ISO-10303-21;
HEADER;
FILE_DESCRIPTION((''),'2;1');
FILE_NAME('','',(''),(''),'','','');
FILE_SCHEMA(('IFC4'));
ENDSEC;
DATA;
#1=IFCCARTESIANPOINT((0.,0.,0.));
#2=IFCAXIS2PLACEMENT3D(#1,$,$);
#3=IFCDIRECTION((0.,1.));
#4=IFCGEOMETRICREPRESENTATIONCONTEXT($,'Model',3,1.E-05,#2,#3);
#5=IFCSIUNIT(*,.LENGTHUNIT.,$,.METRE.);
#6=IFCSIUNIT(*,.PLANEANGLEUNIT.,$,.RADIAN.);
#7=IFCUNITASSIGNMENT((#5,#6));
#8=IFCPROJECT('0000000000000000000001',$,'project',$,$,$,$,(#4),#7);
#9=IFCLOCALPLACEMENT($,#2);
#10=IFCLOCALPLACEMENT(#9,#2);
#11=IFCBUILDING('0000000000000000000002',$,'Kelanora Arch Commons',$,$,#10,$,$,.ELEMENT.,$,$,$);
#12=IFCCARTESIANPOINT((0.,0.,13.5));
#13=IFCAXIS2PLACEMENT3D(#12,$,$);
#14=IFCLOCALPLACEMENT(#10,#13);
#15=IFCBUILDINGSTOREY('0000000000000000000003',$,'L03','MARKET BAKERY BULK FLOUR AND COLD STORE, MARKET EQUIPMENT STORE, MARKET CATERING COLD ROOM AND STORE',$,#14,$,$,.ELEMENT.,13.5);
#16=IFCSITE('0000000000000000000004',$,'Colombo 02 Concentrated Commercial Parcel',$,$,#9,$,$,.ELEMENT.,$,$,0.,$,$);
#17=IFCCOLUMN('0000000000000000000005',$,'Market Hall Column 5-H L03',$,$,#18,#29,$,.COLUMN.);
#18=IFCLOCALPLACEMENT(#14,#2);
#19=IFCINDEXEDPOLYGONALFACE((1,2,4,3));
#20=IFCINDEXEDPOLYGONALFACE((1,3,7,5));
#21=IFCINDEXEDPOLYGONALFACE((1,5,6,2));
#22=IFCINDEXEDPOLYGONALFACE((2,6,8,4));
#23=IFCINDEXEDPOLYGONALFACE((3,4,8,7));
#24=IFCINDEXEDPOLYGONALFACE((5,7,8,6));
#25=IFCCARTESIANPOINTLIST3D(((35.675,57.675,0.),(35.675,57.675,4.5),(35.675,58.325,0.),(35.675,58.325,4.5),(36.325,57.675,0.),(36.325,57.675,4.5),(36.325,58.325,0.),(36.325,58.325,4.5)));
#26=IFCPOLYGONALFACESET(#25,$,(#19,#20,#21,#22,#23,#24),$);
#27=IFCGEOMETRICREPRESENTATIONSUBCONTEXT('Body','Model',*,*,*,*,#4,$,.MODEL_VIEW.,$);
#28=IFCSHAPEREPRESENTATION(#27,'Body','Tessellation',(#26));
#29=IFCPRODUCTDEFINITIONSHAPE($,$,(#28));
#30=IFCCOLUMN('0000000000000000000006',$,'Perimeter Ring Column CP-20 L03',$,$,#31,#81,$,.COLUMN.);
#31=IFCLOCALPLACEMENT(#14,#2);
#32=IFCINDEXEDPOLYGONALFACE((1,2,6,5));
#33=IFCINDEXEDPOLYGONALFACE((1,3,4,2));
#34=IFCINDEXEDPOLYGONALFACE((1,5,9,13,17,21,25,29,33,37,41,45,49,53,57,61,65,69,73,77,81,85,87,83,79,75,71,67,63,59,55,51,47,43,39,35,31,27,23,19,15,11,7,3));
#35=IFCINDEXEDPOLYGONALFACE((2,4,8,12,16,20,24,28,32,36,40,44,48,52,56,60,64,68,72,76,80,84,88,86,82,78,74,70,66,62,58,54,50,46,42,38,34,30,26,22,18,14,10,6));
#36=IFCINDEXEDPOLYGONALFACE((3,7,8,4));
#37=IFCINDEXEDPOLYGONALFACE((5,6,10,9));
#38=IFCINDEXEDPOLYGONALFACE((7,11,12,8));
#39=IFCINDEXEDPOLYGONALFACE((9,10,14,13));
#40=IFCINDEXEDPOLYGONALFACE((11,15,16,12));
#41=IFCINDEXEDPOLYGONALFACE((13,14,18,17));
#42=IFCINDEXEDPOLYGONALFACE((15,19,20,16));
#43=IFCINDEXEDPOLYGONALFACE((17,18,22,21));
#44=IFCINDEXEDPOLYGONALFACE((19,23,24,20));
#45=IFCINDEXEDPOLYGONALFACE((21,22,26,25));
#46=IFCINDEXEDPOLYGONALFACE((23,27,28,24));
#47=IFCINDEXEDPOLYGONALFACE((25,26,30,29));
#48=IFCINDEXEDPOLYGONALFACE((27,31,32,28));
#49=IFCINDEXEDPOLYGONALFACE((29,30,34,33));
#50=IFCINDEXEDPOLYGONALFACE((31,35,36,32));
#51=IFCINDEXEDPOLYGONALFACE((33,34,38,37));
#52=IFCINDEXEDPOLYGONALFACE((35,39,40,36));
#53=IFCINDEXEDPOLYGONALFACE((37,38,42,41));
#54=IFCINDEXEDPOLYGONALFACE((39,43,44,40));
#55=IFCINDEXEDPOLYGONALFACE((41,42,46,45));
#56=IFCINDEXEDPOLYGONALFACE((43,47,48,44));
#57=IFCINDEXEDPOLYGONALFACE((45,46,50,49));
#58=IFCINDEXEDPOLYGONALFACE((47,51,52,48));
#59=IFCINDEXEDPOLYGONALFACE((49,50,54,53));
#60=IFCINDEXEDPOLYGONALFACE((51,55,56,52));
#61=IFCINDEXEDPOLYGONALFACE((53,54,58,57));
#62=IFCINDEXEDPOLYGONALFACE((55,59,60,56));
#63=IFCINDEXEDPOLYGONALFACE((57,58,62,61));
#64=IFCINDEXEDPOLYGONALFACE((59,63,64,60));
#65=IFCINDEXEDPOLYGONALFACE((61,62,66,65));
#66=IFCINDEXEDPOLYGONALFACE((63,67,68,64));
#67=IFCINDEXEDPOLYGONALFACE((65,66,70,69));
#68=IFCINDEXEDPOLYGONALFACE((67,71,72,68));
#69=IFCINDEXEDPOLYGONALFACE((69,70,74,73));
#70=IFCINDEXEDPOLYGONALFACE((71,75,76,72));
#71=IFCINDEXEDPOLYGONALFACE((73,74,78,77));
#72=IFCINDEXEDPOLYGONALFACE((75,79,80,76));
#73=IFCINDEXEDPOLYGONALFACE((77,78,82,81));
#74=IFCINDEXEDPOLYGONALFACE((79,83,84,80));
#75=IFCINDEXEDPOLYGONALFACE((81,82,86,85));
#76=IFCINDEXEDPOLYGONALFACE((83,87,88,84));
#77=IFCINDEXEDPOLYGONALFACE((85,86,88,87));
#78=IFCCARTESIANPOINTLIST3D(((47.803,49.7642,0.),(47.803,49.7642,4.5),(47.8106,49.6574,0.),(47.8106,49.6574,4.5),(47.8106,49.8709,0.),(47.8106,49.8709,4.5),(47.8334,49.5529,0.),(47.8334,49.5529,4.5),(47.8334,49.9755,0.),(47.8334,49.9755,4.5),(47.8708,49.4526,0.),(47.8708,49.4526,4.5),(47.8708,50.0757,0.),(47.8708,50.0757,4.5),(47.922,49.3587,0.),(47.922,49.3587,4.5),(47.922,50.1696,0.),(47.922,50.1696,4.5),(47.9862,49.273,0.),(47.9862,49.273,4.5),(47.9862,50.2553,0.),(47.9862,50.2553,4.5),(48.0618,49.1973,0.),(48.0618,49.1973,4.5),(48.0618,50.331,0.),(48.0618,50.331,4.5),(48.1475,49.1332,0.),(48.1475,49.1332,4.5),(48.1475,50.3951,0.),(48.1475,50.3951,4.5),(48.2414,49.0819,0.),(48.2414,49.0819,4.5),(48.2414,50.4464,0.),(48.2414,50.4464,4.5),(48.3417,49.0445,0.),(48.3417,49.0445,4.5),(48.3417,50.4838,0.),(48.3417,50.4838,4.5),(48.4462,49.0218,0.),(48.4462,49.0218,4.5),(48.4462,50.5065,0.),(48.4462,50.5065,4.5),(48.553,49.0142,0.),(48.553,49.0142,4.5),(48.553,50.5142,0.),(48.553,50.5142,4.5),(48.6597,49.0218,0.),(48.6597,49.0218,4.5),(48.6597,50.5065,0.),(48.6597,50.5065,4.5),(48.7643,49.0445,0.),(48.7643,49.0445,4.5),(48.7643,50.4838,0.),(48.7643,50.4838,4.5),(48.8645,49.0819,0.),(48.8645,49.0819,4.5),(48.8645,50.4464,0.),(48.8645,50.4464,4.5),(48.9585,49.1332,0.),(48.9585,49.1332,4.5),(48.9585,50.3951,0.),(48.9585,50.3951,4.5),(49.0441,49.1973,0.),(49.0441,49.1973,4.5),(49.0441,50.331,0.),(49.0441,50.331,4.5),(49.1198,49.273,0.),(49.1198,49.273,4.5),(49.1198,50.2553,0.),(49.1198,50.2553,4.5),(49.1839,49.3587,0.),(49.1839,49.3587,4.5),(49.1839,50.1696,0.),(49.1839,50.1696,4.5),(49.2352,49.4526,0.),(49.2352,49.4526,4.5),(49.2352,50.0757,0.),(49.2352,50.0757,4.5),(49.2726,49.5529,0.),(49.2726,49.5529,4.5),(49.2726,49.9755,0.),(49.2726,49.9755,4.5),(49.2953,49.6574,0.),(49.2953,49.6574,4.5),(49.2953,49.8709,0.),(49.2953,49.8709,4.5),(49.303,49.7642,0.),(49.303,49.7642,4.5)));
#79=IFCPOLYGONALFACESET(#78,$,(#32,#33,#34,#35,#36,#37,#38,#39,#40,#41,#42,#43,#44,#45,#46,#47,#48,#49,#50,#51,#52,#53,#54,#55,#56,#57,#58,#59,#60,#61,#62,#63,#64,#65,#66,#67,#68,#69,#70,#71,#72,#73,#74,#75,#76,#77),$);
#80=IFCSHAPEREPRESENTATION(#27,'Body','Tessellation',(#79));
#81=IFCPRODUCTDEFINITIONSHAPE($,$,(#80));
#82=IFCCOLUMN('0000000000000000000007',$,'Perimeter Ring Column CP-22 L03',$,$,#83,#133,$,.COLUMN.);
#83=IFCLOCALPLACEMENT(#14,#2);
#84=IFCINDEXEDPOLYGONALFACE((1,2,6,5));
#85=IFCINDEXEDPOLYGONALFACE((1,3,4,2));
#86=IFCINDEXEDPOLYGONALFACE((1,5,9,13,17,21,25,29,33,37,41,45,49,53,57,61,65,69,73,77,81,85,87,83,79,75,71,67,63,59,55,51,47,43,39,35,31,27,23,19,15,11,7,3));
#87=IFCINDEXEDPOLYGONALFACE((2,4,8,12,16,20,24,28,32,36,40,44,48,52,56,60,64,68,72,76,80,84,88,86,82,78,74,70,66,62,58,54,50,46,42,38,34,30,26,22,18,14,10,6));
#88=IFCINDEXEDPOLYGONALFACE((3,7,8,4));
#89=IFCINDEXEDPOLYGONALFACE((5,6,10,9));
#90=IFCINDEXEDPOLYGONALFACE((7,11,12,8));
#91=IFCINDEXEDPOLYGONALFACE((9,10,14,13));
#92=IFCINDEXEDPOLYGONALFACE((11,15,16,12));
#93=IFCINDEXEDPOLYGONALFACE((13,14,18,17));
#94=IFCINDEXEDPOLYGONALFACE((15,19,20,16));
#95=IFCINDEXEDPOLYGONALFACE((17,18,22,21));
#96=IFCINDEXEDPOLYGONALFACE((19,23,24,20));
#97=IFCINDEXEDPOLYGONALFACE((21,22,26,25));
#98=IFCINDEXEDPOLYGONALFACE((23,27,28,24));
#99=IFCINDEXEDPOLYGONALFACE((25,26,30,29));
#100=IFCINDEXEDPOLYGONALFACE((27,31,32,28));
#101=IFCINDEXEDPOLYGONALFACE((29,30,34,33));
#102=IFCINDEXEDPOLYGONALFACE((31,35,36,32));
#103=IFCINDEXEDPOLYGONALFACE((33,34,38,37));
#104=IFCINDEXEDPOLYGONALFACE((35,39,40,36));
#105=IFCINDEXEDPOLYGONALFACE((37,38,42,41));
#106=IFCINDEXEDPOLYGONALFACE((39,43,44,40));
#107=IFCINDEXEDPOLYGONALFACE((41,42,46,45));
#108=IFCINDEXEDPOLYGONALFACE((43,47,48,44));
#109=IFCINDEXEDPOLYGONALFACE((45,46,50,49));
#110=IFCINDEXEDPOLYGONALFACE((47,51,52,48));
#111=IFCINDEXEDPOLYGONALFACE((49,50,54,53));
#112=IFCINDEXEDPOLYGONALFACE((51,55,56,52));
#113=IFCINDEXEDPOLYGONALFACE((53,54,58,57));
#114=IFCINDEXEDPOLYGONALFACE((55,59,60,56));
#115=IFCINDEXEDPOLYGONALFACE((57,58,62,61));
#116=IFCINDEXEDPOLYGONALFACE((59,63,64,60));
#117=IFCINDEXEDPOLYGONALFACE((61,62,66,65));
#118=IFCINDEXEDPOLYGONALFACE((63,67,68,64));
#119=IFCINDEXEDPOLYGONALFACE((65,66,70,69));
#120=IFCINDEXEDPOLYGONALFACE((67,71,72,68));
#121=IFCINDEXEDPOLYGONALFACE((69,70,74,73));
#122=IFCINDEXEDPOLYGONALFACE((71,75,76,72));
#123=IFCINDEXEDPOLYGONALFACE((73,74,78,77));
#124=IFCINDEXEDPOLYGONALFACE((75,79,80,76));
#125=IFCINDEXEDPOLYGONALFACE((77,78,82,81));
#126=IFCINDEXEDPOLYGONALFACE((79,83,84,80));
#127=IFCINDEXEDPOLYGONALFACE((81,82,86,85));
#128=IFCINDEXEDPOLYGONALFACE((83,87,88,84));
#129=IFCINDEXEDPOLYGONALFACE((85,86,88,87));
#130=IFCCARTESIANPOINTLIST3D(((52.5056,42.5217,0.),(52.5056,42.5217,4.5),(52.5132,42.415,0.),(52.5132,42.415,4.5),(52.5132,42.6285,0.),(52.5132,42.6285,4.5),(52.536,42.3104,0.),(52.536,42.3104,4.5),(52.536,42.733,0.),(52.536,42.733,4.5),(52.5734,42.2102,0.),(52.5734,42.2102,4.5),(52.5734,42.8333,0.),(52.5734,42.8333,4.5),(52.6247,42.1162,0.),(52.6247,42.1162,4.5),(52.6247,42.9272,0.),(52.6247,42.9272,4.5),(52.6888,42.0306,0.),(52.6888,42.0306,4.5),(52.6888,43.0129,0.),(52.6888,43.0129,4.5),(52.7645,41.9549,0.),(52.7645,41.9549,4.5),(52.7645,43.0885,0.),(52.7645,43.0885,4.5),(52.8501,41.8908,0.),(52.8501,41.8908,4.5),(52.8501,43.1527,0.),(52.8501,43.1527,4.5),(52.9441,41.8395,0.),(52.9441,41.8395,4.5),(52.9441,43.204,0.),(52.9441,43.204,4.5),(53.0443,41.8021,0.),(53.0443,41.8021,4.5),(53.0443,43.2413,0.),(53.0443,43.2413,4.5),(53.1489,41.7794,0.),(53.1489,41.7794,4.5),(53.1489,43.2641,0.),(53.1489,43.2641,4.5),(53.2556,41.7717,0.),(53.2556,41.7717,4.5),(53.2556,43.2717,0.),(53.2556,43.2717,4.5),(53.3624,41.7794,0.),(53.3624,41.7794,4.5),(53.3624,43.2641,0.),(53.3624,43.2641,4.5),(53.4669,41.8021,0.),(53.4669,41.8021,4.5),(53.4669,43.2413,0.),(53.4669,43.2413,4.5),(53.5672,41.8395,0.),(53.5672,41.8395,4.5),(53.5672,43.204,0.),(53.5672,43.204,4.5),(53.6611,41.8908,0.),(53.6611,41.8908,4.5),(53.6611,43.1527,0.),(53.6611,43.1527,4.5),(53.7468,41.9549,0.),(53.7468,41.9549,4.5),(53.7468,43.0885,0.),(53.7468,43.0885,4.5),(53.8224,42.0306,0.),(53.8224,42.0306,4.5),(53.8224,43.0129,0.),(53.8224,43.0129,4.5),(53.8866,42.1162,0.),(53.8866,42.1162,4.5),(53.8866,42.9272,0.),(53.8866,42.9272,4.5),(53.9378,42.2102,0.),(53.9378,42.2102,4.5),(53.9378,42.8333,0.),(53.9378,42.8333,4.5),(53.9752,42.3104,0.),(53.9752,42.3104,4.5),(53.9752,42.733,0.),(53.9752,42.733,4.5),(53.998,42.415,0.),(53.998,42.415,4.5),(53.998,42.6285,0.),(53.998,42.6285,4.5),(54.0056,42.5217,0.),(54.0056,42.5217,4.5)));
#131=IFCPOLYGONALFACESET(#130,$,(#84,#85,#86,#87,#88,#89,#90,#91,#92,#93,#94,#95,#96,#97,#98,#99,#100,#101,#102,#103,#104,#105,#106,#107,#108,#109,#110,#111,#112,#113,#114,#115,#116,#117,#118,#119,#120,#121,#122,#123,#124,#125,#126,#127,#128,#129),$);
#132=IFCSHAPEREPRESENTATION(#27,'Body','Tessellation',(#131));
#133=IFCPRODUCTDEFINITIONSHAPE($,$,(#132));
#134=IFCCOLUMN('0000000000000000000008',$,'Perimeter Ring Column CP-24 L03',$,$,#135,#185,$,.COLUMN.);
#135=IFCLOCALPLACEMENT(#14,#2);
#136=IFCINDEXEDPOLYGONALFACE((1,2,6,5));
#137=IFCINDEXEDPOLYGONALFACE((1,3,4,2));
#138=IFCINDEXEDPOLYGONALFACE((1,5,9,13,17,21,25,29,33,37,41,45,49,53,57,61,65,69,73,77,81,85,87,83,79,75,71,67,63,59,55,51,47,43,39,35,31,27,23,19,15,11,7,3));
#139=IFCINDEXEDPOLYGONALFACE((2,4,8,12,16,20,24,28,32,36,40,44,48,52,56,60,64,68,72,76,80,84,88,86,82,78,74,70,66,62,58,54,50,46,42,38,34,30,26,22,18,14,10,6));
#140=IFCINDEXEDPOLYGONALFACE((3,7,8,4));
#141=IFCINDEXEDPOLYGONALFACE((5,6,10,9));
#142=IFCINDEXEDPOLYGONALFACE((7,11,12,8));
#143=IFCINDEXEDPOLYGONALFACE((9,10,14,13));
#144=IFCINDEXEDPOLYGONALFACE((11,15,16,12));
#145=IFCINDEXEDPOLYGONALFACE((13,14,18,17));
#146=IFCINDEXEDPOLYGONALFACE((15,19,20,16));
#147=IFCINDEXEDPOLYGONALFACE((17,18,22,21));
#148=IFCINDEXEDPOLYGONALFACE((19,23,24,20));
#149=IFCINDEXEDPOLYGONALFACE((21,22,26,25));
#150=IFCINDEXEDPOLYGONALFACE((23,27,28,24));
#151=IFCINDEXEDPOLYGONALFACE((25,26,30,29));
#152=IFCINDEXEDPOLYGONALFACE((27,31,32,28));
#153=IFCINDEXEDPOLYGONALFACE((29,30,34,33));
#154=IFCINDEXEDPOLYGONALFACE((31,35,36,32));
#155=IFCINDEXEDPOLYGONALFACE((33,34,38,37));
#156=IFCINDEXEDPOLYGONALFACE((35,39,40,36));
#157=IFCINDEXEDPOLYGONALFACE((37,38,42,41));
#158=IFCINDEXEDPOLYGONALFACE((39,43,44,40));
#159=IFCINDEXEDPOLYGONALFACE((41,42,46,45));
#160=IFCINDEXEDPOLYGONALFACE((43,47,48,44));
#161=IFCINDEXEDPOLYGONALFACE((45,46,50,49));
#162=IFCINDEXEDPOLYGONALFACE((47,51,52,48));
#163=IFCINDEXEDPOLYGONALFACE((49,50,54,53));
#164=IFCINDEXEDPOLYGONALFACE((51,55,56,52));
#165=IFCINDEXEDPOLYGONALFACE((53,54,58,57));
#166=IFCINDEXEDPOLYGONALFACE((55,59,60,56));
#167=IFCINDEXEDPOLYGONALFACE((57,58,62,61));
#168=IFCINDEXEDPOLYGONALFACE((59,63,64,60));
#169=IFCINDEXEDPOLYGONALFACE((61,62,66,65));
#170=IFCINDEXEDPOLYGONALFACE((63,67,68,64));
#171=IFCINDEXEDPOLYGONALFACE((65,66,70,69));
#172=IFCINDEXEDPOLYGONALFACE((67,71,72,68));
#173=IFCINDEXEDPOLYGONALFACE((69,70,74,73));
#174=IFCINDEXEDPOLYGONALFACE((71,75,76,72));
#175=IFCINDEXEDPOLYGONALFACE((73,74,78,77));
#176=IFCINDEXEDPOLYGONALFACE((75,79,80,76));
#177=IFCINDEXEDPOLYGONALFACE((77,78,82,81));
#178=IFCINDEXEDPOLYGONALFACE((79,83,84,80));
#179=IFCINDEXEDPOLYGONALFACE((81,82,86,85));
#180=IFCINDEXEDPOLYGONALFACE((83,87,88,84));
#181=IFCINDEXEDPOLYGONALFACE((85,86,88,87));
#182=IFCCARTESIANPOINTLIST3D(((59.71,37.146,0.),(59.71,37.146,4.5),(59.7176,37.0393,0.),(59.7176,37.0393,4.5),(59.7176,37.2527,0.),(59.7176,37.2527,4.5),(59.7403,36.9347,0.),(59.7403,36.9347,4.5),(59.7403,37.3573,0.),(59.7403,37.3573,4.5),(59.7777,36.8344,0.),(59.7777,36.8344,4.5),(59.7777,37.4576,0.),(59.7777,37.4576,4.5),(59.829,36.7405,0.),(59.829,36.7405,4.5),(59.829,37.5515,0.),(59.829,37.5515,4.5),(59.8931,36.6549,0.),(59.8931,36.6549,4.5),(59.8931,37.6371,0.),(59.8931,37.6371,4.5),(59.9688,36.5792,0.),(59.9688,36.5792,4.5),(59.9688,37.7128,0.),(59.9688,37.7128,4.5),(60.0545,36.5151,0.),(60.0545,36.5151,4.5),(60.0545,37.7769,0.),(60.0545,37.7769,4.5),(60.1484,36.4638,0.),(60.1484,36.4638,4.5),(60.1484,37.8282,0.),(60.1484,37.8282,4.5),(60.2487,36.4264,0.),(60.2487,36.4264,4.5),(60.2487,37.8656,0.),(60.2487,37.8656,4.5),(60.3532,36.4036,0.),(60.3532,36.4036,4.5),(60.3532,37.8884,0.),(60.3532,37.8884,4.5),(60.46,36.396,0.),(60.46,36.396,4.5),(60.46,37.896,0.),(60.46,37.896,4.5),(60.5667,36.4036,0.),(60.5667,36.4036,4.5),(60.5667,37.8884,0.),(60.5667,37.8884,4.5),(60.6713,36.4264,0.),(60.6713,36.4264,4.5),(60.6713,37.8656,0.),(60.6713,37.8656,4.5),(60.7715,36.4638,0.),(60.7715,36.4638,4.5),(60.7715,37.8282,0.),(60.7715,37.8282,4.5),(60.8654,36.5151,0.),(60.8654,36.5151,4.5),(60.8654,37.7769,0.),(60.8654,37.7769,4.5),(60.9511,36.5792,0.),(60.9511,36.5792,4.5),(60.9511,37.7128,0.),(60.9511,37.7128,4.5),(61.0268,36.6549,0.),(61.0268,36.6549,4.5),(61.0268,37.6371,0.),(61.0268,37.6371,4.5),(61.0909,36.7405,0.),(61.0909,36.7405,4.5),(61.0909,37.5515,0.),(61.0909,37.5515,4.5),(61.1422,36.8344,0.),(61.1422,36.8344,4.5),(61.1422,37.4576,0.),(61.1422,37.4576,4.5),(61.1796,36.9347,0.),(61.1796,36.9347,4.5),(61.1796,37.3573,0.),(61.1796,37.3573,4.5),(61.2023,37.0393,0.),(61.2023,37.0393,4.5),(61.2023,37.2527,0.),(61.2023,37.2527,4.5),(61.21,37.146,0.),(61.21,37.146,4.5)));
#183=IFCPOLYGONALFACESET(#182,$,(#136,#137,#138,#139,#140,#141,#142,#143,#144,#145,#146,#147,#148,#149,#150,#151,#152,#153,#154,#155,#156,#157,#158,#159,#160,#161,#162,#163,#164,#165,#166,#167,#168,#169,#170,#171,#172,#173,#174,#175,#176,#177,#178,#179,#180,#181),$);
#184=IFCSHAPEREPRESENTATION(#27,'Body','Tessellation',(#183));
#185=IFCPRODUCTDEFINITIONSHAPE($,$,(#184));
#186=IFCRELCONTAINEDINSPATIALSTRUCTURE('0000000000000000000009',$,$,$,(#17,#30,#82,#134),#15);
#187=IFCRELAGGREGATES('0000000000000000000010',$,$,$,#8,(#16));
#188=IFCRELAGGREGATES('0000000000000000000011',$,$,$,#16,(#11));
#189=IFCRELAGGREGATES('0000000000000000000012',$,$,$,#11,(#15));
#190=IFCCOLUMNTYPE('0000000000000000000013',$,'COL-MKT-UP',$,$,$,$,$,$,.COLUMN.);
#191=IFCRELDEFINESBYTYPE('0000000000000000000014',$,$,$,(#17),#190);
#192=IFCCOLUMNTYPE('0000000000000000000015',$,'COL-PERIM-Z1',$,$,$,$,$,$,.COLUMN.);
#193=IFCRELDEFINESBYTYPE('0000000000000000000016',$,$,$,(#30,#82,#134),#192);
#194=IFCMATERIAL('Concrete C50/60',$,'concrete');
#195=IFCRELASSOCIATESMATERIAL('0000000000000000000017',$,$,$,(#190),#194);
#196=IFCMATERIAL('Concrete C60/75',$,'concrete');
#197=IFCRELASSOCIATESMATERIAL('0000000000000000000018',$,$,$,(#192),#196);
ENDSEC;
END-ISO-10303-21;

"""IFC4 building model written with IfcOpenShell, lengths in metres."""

from ifc_helpers import new_model, si_unit, direction, frame, origin, origin_2d, place, context, subcontext, project, spatial, rectangle, circle, extrude, material, material_profile, profile_set, type_object, element, save


model = new_model("IFC4")

# Units and contexts
model_context = context("Model", 3, precision=1e-05, world=origin(), true_north=direction((0.0, 1.0)))
body_context = subcontext(model_context, "Body", "Model", "MODEL_VIEW")
ifc_project = project(units=[si_unit("LENGTHUNIT", "METRE"), si_unit("PLANEANGLEUNIT", "RADIAN")], contexts=[model_context])

# Site, building, storey
site_placement = place(None, origin())
site = spatial("IfcSite", under=ifc_project, at=site_placement, Name="Colombo 02 Concentrated Commercial Parcel", CompositionType="ELEMENT", RefElevation=0.0)
building_placement = place(site_placement, origin())
building = spatial("IfcBuilding", under=site, at=building_placement, Name="Kelanora Arch Commons", CompositionType="ELEMENT")
storey_placement = place(building_placement, frame((0.0, 0.0, 13.5)))
storey = spatial("IfcBuildingStorey", under=building, at=storey_placement, Name="L03", Description="MARKET BAKERY BULK FLOUR AND COLD STORE, MARKET EQUIPMENT STORE, MARKET CATERING COLD ROOM AND STORE", CompositionType="ELEMENT", Elevation=13.5)

# Columns
ifc_material_1 = material(Name="Concrete C50/60", Category="concrete")
ifc_material_profile_1 = material_profile(ifc_material_1, rectangle(XDim=0.6499, YDim=0.6499, at=origin_2d()), Name="RC650x650")
ifc_profile_set_1 = profile_set([ifc_material_profile_1], Name="Concrete C50/60")
column_type_1 = type_object("IfcColumnType", Name="COL-MKT-UP", PredefinedType="COLUMN", material=ifc_profile_set_1)
column_placement = place(storey_placement, frame((36.0, 58.0, 0.0), z_axis=(0.0, 0.0, 1.0), x_axis=(1.0, 0.0, 0.0)))
element("IfcColumn", 1, at=column_placement, inside=storey, type_object=column_type_1, Name="Market Hall Column 5-H L03", PredefinedType="COLUMN", context=body_context, shape_type="SweptSolid", body=[
    extrude(rectangle(XDim=0.6499, YDim=0.6499, at=origin_2d()), origin(), (0.0, 0.0, 1.0), 4.5),
])
ifc_material_2 = material(Name="Concrete C60/75", Category="concrete")
ifc_material_profile_2 = material_profile(ifc_material_2, circle(Radius=0.75, at=origin_2d()), Name="RCC1500")
ifc_profile_set_2 = profile_set([ifc_material_profile_2], Name="Concrete C60/75")
column_type_2 = type_object("IfcColumnType", Name="COL-PERIM-Z1", PredefinedType="COLUMN", material=ifc_profile_set_2)
for number, where, z_axis, x_axis, name in (
    (2, (48.553, 49.7642, 0.0), (0.0, 0.0, 1.0), (1.0, 0.0, 0.0), "Perimeter Ring Column CP-20 L03"),
    (3, (53.2556, 42.5217, 0.0), (0.0, 0.0, 1.0), (1.0, 0.0, 0.0), "Perimeter Ring Column CP-22 L03"),
    (4, (60.46, 37.146, 0.0), (0.0, 0.0, 1.0), (1.0, 0.0, 0.0), "Perimeter Ring Column CP-24 L03"),
):
    element("IfcColumn", number, at=place(storey_placement, frame(where, z_axis=z_axis, x_axis=x_axis)), inside=storey, type_object=column_type_2, Name=name, PredefinedType="COLUMN", context=body_context, shape_type="SweptSolid", body=[
        extrude(circle(Radius=0.75, at=origin_2d()), origin(), (0.0, 0.0, 1.0), 4.5),
    ])

save(model, "model.ifc")
